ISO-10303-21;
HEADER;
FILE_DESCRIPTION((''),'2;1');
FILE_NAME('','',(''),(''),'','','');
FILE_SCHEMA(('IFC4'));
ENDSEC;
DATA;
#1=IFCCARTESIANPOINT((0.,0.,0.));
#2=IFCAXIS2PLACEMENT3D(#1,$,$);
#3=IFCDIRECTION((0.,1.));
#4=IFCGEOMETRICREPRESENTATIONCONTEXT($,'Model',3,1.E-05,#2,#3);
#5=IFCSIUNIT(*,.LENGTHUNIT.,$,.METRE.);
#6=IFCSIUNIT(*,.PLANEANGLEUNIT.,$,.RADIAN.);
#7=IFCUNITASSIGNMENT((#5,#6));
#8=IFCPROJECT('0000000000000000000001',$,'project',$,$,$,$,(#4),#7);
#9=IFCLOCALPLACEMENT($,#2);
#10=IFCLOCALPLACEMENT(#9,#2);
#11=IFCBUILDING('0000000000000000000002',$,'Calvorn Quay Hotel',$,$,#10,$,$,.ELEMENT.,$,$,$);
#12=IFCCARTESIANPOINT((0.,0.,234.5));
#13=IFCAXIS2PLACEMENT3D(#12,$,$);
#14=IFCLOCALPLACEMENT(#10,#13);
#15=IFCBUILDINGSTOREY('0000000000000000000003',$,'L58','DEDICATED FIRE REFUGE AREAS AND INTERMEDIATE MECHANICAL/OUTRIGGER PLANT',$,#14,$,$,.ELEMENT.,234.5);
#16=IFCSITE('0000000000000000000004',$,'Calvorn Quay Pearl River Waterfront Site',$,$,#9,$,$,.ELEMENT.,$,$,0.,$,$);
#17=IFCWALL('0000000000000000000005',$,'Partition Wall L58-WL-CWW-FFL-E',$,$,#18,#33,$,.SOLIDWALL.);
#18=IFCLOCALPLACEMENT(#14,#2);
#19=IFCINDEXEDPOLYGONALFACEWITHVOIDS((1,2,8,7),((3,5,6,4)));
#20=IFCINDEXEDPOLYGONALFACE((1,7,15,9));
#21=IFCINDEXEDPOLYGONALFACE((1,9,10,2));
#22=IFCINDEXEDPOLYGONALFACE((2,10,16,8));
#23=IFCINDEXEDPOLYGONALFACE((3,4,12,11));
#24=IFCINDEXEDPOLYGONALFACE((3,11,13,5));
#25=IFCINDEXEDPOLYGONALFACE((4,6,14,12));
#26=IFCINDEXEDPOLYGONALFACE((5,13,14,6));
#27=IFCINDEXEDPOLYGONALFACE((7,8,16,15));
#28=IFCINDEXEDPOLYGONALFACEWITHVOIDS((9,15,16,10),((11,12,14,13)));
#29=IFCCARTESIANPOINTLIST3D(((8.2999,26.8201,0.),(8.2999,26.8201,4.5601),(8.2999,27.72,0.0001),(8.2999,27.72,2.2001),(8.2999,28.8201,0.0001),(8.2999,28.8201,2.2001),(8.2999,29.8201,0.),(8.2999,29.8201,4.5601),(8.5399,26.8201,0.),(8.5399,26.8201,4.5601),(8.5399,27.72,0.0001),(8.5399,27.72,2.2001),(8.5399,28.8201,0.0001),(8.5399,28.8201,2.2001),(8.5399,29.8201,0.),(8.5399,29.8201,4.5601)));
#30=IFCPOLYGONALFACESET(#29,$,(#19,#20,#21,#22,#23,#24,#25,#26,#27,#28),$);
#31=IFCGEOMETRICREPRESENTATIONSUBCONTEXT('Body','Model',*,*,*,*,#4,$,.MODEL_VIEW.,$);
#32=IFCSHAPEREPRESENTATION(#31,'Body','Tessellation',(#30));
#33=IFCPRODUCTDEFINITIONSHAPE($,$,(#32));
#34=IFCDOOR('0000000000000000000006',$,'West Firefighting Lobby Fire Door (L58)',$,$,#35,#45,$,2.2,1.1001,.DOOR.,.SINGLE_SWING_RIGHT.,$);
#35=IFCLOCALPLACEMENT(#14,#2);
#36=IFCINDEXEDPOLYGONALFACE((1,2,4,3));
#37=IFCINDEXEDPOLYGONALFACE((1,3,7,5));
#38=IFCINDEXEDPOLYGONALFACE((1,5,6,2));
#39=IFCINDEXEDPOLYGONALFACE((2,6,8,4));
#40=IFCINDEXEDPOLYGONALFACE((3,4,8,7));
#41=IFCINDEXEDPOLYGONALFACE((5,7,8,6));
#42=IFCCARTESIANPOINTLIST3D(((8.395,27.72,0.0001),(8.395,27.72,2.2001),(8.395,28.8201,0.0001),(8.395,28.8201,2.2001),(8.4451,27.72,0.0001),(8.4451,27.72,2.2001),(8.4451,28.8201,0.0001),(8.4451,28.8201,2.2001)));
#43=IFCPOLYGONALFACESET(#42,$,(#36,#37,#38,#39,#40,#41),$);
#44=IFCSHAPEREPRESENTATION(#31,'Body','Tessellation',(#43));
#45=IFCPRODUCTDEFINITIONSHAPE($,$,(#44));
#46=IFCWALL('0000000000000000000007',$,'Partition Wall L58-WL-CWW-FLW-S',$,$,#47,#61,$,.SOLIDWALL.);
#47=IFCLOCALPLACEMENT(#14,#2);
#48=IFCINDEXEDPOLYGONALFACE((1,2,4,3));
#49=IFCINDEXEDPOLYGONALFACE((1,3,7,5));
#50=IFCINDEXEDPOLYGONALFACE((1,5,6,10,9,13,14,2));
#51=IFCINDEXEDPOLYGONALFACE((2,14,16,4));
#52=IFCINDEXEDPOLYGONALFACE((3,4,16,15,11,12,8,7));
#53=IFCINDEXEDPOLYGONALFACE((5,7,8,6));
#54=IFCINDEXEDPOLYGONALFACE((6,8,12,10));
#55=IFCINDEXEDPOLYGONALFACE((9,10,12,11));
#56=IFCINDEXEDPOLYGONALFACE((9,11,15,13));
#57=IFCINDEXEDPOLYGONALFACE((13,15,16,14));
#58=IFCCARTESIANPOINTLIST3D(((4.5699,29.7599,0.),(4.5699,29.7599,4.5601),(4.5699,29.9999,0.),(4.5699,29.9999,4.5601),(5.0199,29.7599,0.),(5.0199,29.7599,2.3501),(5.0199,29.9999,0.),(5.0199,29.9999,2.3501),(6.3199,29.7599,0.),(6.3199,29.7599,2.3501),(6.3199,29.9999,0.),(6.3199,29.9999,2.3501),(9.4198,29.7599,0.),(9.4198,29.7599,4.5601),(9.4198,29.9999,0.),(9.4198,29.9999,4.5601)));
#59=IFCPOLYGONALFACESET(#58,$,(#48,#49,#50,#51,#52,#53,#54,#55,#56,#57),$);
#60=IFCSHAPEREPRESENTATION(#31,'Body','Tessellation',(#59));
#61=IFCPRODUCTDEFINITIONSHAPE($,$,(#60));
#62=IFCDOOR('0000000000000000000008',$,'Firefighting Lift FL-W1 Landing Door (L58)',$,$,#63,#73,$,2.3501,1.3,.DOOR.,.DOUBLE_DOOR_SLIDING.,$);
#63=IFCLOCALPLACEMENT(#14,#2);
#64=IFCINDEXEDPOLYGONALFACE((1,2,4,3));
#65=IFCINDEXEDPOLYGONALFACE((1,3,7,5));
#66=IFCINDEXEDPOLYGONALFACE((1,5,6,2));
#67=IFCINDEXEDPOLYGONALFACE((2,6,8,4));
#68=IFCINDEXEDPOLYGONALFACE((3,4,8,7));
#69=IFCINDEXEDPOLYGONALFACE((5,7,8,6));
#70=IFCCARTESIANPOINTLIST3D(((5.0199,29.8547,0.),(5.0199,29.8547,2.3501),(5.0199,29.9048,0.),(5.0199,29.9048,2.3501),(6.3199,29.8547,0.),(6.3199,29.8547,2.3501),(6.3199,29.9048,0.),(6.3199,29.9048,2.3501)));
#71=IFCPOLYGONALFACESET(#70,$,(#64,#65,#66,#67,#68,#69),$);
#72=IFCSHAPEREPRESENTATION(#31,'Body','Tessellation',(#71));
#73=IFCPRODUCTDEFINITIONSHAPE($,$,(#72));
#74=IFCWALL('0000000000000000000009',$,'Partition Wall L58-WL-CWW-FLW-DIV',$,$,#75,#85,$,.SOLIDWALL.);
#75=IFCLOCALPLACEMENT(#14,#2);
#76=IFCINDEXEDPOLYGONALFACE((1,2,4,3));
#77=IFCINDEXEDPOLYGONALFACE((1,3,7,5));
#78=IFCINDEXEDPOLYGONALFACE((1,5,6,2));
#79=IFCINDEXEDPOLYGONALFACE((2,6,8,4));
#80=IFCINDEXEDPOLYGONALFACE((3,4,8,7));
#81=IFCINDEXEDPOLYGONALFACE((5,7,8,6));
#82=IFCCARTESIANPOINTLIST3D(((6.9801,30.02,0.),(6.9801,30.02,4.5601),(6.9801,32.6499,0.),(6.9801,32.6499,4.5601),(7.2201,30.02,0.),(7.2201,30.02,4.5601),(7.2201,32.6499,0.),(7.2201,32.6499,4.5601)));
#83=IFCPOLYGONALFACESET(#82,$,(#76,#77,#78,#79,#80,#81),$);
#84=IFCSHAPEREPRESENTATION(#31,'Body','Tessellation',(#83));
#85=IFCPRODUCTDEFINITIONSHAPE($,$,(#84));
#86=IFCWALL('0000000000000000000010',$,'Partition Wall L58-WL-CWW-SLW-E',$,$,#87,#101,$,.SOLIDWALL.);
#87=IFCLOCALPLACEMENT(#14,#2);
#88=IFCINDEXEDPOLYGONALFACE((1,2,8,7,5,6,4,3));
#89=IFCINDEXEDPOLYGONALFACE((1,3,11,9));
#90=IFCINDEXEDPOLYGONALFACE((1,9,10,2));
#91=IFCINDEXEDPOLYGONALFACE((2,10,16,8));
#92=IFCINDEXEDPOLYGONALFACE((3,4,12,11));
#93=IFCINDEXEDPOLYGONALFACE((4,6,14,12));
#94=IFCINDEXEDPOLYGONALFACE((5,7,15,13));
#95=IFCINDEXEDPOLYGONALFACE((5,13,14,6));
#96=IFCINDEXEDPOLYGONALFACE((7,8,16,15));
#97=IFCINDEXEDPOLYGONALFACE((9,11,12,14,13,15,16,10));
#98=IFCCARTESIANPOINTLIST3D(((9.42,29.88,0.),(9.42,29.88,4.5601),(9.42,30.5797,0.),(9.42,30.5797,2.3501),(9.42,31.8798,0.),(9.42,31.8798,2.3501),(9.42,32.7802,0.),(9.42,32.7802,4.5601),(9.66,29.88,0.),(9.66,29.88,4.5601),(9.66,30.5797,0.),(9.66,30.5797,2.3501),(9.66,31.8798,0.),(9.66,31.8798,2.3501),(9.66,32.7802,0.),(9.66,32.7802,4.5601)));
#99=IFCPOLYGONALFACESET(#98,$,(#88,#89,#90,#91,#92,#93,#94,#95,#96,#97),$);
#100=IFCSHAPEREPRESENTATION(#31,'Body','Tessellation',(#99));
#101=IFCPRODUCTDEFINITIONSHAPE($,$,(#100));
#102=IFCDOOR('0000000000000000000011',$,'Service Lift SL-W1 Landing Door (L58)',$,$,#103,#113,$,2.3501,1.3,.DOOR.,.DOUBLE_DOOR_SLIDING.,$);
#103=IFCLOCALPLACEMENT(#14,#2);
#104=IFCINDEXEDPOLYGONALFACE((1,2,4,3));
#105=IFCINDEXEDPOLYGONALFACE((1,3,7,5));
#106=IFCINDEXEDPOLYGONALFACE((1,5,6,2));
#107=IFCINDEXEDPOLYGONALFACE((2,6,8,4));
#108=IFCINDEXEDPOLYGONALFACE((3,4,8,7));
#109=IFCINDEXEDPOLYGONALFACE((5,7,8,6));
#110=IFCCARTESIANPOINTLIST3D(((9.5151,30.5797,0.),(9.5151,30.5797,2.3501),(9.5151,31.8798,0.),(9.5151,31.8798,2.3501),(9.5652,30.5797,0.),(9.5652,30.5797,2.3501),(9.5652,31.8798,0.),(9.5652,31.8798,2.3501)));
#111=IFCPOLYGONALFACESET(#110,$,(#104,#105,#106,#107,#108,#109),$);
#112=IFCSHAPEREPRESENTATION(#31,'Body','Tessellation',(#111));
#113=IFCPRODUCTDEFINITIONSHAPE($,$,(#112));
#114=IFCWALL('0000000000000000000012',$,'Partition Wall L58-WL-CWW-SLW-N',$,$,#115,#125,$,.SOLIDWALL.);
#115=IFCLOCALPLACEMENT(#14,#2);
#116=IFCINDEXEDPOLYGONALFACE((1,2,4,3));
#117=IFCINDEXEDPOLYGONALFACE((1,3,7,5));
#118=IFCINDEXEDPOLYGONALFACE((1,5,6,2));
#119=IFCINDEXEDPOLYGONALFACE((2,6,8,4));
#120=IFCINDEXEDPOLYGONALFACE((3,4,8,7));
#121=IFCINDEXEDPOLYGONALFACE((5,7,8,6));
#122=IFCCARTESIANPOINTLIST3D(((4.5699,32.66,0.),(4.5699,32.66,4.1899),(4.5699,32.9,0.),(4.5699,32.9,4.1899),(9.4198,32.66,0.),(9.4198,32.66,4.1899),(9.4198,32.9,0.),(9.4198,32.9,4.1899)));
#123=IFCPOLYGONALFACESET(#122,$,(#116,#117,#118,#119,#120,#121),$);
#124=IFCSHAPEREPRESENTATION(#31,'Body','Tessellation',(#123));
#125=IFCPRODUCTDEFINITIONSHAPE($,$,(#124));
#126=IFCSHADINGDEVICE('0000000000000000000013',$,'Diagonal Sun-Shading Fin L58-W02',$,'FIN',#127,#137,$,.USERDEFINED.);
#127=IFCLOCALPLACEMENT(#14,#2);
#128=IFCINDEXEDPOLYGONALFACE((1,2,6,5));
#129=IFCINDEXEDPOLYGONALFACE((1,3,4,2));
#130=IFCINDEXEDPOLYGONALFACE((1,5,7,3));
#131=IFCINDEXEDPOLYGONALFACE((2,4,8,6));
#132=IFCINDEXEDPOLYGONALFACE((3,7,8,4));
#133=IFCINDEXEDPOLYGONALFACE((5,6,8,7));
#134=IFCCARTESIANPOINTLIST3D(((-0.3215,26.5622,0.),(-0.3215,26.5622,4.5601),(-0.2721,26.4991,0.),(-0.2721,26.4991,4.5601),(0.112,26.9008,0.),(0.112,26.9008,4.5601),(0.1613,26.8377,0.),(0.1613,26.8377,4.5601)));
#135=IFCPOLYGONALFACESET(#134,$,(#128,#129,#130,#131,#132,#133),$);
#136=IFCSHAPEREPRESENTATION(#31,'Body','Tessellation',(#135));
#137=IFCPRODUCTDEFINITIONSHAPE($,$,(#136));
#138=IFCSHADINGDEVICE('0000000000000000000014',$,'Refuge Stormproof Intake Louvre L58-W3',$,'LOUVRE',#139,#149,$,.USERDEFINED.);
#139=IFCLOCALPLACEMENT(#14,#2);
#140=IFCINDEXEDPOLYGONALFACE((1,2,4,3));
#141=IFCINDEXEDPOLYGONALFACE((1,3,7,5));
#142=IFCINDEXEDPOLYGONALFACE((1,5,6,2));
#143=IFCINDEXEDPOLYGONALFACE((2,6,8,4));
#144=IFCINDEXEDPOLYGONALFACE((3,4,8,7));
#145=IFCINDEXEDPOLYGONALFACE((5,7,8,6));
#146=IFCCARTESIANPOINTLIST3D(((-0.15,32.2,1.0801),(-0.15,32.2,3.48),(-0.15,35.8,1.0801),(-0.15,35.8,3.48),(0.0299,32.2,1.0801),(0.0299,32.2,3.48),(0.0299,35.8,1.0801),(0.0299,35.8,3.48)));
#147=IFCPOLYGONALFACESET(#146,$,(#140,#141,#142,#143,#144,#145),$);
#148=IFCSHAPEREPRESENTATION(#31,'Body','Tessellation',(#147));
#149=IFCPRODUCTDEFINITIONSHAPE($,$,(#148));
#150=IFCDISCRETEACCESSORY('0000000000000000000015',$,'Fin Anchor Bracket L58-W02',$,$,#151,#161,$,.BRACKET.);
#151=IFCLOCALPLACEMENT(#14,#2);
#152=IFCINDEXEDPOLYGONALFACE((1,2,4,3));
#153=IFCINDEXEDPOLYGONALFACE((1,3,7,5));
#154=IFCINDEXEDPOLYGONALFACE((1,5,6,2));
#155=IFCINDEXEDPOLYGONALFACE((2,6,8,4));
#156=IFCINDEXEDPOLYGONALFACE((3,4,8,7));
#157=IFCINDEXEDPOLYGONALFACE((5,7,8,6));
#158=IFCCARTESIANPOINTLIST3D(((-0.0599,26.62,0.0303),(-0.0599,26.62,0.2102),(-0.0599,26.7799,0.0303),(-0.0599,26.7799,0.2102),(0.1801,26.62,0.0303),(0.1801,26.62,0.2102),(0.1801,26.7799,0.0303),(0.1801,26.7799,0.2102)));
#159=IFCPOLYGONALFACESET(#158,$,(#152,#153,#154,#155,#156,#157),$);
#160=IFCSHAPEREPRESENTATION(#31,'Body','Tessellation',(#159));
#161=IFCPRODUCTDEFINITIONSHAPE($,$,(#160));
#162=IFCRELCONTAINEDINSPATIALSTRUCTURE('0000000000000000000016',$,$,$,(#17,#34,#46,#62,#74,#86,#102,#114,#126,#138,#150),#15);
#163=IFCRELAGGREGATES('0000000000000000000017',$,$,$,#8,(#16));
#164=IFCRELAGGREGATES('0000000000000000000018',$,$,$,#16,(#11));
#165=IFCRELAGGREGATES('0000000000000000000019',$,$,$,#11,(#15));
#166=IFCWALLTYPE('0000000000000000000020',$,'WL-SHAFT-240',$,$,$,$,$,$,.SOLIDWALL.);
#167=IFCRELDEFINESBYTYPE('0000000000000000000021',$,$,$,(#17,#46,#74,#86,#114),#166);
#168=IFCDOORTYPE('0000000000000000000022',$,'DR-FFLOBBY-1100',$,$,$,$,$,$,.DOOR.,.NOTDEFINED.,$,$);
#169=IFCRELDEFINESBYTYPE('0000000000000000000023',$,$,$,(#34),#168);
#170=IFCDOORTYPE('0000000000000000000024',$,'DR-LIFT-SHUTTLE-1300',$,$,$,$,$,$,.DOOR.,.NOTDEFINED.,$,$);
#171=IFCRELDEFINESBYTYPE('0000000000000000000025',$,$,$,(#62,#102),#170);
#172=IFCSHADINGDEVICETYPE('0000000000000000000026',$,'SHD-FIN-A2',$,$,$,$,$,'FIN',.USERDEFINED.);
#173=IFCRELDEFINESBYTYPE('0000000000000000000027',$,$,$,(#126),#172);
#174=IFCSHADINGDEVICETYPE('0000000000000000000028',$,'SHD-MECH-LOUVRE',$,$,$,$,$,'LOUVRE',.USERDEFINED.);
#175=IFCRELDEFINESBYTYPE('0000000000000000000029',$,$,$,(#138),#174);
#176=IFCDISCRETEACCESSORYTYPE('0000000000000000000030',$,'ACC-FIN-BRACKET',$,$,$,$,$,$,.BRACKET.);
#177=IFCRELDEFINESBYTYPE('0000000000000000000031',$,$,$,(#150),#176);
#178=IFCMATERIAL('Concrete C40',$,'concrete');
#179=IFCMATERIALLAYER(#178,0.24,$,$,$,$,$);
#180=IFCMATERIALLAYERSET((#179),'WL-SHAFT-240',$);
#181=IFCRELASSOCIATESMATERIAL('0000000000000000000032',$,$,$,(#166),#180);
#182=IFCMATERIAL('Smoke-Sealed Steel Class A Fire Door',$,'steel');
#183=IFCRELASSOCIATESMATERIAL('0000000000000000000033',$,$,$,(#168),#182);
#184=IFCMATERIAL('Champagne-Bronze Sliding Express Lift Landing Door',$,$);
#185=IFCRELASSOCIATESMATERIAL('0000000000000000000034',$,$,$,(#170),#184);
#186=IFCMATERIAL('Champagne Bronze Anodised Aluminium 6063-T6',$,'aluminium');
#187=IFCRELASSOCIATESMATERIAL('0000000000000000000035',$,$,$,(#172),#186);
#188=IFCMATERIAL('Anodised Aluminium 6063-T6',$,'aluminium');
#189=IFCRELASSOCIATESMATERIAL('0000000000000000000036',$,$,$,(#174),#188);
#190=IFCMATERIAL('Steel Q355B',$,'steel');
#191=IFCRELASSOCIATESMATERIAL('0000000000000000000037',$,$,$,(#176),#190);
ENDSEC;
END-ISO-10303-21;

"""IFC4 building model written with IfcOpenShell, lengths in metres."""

from ifc_helpers import new_model, si_unit, direction, frame, frame_2d, origin, origin_2d, place, context, subcontext, project, spatial, rectangle, extrude, material, layer, layer_set, type_object, element, fill, save


model = new_model("IFC4")

# Units and contexts
model_context = context("Model", 3, precision=1e-05, world=origin(), true_north=direction((0.0, 1.0)))
body_context = subcontext(model_context, "Body", "Model", "MODEL_VIEW")
ifc_project = project(units=[si_unit("LENGTHUNIT", "METRE"), si_unit("PLANEANGLEUNIT", "RADIAN")], contexts=[model_context])

# Site, building, storey
site_placement = place(None, origin())
site = spatial("IfcSite", under=ifc_project, at=site_placement, Name="Calvorn Quay Pearl River Waterfront Site", CompositionType="ELEMENT", RefElevation=0.0)
building_placement = place(site_placement, origin())
building = spatial("IfcBuilding", under=site, at=building_placement, Name="Calvorn Quay Hotel", CompositionType="ELEMENT")
storey_placement = place(building_placement, frame((0.0, 0.0, 234.5)))
storey = spatial("IfcBuildingStorey", under=building, at=storey_placement, Name="L58", Description="DEDICATED FIRE REFUGE AREAS AND INTERMEDIATE MECHANICAL/OUTRIGGER PLANT", CompositionType="ELEMENT", Elevation=234.5)

# Shared definitions
ifc_material_1 = material(Name="Concrete C40", Category="concrete")
ifc_layer_1 = layer(ifc_material_1, 0.24)
ifc_layer_set_1 = layer_set([ifc_layer_1], Name="WL-SHAFT-240")
wall_type = type_object("IfcWallType", Name="WL-SHAFT-240", PredefinedType="SOLIDWALL", material=ifc_layer_set_1)

# Walls, openings, doors
wall_1_placement = place(storey_placement, frame((8.4199, 26.8201, 0.0), z_axis=(0.0, 0.0, 1.0), x_axis=(0.0, 1.0, 0.0)))
wall_1 = element("IfcWall", 1, at=wall_1_placement, inside=storey, type_object=wall_type, Name="Partition Wall L58-WL-CWW-FFL-E", PredefinedType="SOLIDWALL", context=body_context, shape_type="SweptSolid", body=[
    extrude(rectangle(XDim=3.0, YDim=0.24, at=frame_2d((1.5, 0.0))), origin(), (0.0, 0.0, 1.0), 4.5601),
])
opening_1_placement = place(wall_1_placement, frame((0.8999, 0.0, 0.0)))
opening_1 = element("IfcOpeningElement", 2, at=opening_1_placement, cuts=wall_1, PredefinedType="OPENING", context=body_context, shape_type="SweptSolid", body=[
    extrude(rectangle(XDim=1.1001, YDim=2.2, at=frame_2d((0.55, 1.1001))), frame((0.0, 0.1299, 0.0), z_axis=(0.0, -1.0, 0.0), x_axis=(1.0, 0.0, 0.0)), (0.0, 0.0, 1.0), 0.26),
])
ifc_material_2 = material(Name="Smoke-Sealed Steel Class A Fire Door", Category="steel")
door_type_1 = type_object("IfcDoorType", Name="DR-FFLOBBY-1100", OperationType="NOTDEFINED", PredefinedType="DOOR", material=ifc_material_2)
door_1_placement = place(opening_1_placement, origin())
door_1 = element("IfcDoor", 3, at=door_1_placement, inside=storey, type_object=door_type_1, Name="West Firefighting Lobby Fire Door (L58)", OperationType="SINGLE_SWING_RIGHT", OverallHeight=2.2, OverallWidth=1.1001, PredefinedType="DOOR", context=body_context, shape_type="SweptSolid", body=[
    extrude(rectangle(XDim=1.1001, YDim=2.2, at=frame_2d((0.55, 1.1001))), frame((0.0, 0.0249, 0.0), z_axis=(0.0, -1.0, 0.0), x_axis=(1.0, 0.0, 0.0)), (0.0, 0.0, 1.0), 0.05),
])
fill(opening_1, door_1)
wall_2_placement = place(storey_placement, frame((4.5701, 29.8799, 0.0), z_axis=(0.0, 0.0, 1.0), x_axis=(1.0, 0.0, 0.0)))
wall_2 = element("IfcWall", 4, at=wall_2_placement, inside=storey, type_object=wall_type, Name="Partition Wall L58-WL-CWW-FLW-S", PredefinedType="SOLIDWALL", context=body_context, shape_type="SweptSolid", body=[
    extrude(rectangle(XDim=4.8499, YDim=0.24, at=frame_2d((2.4248, 0.0))), origin(), (0.0, 0.0, 1.0), 4.5601),
])
opening_2_placement = place(wall_2_placement, frame((0.45, 0.0, 0.0)))
opening_2 = element("IfcOpeningElement", 5, at=opening_2_placement, cuts=wall_2, PredefinedType="OPENING", context=body_context, shape_type="SweptSolid", body=[
    extrude(rectangle(XDim=1.3, YDim=2.3501, at=frame_2d((0.6499, 1.175))), frame((0.0, 0.1299, 0.0), z_axis=(0.0, -1.0, 0.0), x_axis=(1.0, 0.0, 0.0)), (0.0, 0.0, 1.0), 0.26),
])
ifc_material_3 = material(Name="Champagne-Bronze Sliding Express Lift Landing Door")
door_type_2 = type_object("IfcDoorType", Name="DR-LIFT-SHUTTLE-1300", OperationType="NOTDEFINED", PredefinedType="DOOR", material=ifc_material_3)
door_2_placement = place(opening_2_placement, origin())
door_2 = element("IfcDoor", 6, at=door_2_placement, inside=storey, type_object=door_type_2, Name="Firefighting Lift FL-W1 Landing Door (L58)", OperationType="DOUBLE_DOOR_SLIDING", OverallHeight=2.3501, OverallWidth=1.3, PredefinedType="DOOR", context=body_context, shape_type="SweptSolid", body=[
    extrude(rectangle(XDim=1.3, YDim=2.3501, at=frame_2d((0.6499, 1.175))), frame((0.0, 0.0249, 0.0), z_axis=(0.0, -1.0, 0.0), x_axis=(1.0, 0.0, 0.0)), (0.0, 0.0, 1.0), 0.05),
])
fill(opening_2, door_2)

# Wall
wall_3_placement = place(storey_placement, frame((7.1001, 30.02, 0.0), z_axis=(0.0, 0.0, 1.0), x_axis=(0.0, 1.0, 0.0)))
element("IfcWall", 7, at=wall_3_placement, inside=storey, type_object=wall_type, Name="Partition Wall L58-WL-CWW-FLW-DIV", PredefinedType="SOLIDWALL", context=body_context, shape_type="SweptSolid", body=[
    extrude(rectangle(XDim=2.6299, YDim=0.24, at=frame_2d((1.3149, 0.0))), origin(), (0.0, 0.0, 1.0), 4.5601),
])

# Wall, opening, door
wall_4_placement = place(storey_placement, frame((9.54, 29.8799, 0.0), z_axis=(0.0, 0.0, 1.0), x_axis=(0.0, 1.0, 0.0)))
wall_4 = element("IfcWall", 8, at=wall_4_placement, inside=storey, type_object=wall_type, Name="Partition Wall L58-WL-CWW-SLW-E", PredefinedType="SOLIDWALL", context=body_context, shape_type="SweptSolid", body=[
    extrude(rectangle(XDim=2.9001, YDim=0.24, at=frame_2d((1.4502, 0.0))), origin(), (0.0, 0.0, 1.0), 4.5601),
])
opening_3_placement = place(wall_4_placement, frame((0.7, 0.0, 0.0)))
opening_3 = element("IfcOpeningElement", 9, at=opening_3_placement, cuts=wall_4, PredefinedType="OPENING", context=body_context, shape_type="SweptSolid", body=[
    extrude(rectangle(XDim=1.3, YDim=2.3501, at=frame_2d((0.6499, 1.175))), frame((0.0, 0.1299, 0.0), z_axis=(0.0, -1.0, 0.0), x_axis=(1.0, 0.0, 0.0)), (0.0, 0.0, 1.0), 0.26),
])
door_3_placement = place(opening_3_placement, origin())
door_3 = element("IfcDoor", 10, at=door_3_placement, inside=storey, type_object=door_type_2, Name="Service Lift SL-W1 Landing Door (L58)", OperationType="DOUBLE_DOOR_SLIDING", OverallHeight=2.3501, OverallWidth=1.3, PredefinedType="DOOR", context=body_context, shape_type="SweptSolid", body=[
    extrude(rectangle(XDim=1.3, YDim=2.3501, at=frame_2d((0.6499, 1.175))), frame((0.0, 0.0249, 0.0), z_axis=(0.0, -1.0, 0.0), x_axis=(1.0, 0.0, 0.0)), (0.0, 0.0, 1.0), 0.05),
])
fill(opening_3, door_3)

# Wall
wall_5_placement = place(storey_placement, frame((4.5701, 32.78, 0.0), z_axis=(0.0, 0.0, 1.0), x_axis=(1.0, 0.0, 0.0)))
element("IfcWall", 11, at=wall_5_placement, inside=storey, type_object=wall_type, Name="Partition Wall L58-WL-CWW-SLW-N", PredefinedType="SOLIDWALL", context=body_context, shape_type="SweptSolid", body=[
    extrude(rectangle(XDim=4.8499, YDim=0.24, at=frame_2d((2.4248, 0.0))), origin(), (0.0, 0.0, 1.0), 4.1899),
])

# Shading devices
ifc_material_4 = material(Name="Champagne Bronze Anodised Aluminium 6063-T6", Category="aluminium")
shading_device_type_1 = type_object("IfcShadingDeviceType", Name="SHD-FIN-A2", ElementType="FIN", PredefinedType="USERDEFINED", material=ifc_material_4)
shading_device_1_placement = place(storey_placement, frame((-0.0801, 26.7, 0.0), z_axis=(0.0, 0.0, 1.0), x_axis=(0.788011, 0.615661, 0.0)))
element("IfcShadingDevice", 12, at=shading_device_1_placement, inside=storey, type_object=shading_device_type_1, Name="Diagonal Sun-Shading Fin L58-W02", ObjectType="FIN", PredefinedType="USERDEFINED", context=body_context, shape_type="SweptSolid", body=[
    extrude(rectangle(XDim=0.55, YDim=0.0801, at=origin_2d()), origin(), (0.0, 0.0, 1.0), 4.5601),
])
ifc_material_5 = material(Name="Anodised Aluminium 6063-T6", Category="aluminium")
shading_device_type_2 = type_object("IfcShadingDeviceType", Name="SHD-MECH-LOUVRE", ElementType="LOUVRE", PredefinedType="USERDEFINED", material=ifc_material_5)
shading_device_2_placement = place(storey_placement, frame((-0.0601, 34.0, 1.0801), z_axis=(0.0, 0.0, 1.0), x_axis=(1.0, 0.0, 0.0)))
element("IfcShadingDevice", 13, at=shading_device_2_placement, inside=storey, type_object=shading_device_type_2, Name="Refuge Stormproof Intake Louvre L58-W3", ObjectType="LOUVRE", PredefinedType="USERDEFINED", context=body_context, shape_type="SweptSolid", body=[
    extrude(rectangle(XDim=0.1799, YDim=3.6001, at=origin_2d()), origin(), (0.0, 0.0, 1.0), 2.3999),
])

# Discrete accessory
ifc_material_6 = material(Name="Steel Q355B", Category="steel")
discrete_accessory_type = type_object("IfcDiscreteAccessoryType", Name="ACC-FIN-BRACKET", PredefinedType="BRACKET", material=ifc_material_6)
discrete_accessory_placement = place(storey_placement, frame((0.0601, 26.7, 0.0303), z_axis=(0.0, 0.0, 1.0), x_axis=(1.0, 0.0, 0.0)))
element("IfcDiscreteAccessory", 14, at=discrete_accessory_placement, inside=storey, type_object=discrete_accessory_type, Name="Fin Anchor Bracket L58-W02", PredefinedType="BRACKET", context=body_context, shape_type="SweptSolid", body=[
    extrude(rectangle(XDim=0.24, YDim=0.1599, at=origin_2d()), origin(), (0.0, 0.0, 1.0), 0.1799),
])

save(model, "model.ifc")
